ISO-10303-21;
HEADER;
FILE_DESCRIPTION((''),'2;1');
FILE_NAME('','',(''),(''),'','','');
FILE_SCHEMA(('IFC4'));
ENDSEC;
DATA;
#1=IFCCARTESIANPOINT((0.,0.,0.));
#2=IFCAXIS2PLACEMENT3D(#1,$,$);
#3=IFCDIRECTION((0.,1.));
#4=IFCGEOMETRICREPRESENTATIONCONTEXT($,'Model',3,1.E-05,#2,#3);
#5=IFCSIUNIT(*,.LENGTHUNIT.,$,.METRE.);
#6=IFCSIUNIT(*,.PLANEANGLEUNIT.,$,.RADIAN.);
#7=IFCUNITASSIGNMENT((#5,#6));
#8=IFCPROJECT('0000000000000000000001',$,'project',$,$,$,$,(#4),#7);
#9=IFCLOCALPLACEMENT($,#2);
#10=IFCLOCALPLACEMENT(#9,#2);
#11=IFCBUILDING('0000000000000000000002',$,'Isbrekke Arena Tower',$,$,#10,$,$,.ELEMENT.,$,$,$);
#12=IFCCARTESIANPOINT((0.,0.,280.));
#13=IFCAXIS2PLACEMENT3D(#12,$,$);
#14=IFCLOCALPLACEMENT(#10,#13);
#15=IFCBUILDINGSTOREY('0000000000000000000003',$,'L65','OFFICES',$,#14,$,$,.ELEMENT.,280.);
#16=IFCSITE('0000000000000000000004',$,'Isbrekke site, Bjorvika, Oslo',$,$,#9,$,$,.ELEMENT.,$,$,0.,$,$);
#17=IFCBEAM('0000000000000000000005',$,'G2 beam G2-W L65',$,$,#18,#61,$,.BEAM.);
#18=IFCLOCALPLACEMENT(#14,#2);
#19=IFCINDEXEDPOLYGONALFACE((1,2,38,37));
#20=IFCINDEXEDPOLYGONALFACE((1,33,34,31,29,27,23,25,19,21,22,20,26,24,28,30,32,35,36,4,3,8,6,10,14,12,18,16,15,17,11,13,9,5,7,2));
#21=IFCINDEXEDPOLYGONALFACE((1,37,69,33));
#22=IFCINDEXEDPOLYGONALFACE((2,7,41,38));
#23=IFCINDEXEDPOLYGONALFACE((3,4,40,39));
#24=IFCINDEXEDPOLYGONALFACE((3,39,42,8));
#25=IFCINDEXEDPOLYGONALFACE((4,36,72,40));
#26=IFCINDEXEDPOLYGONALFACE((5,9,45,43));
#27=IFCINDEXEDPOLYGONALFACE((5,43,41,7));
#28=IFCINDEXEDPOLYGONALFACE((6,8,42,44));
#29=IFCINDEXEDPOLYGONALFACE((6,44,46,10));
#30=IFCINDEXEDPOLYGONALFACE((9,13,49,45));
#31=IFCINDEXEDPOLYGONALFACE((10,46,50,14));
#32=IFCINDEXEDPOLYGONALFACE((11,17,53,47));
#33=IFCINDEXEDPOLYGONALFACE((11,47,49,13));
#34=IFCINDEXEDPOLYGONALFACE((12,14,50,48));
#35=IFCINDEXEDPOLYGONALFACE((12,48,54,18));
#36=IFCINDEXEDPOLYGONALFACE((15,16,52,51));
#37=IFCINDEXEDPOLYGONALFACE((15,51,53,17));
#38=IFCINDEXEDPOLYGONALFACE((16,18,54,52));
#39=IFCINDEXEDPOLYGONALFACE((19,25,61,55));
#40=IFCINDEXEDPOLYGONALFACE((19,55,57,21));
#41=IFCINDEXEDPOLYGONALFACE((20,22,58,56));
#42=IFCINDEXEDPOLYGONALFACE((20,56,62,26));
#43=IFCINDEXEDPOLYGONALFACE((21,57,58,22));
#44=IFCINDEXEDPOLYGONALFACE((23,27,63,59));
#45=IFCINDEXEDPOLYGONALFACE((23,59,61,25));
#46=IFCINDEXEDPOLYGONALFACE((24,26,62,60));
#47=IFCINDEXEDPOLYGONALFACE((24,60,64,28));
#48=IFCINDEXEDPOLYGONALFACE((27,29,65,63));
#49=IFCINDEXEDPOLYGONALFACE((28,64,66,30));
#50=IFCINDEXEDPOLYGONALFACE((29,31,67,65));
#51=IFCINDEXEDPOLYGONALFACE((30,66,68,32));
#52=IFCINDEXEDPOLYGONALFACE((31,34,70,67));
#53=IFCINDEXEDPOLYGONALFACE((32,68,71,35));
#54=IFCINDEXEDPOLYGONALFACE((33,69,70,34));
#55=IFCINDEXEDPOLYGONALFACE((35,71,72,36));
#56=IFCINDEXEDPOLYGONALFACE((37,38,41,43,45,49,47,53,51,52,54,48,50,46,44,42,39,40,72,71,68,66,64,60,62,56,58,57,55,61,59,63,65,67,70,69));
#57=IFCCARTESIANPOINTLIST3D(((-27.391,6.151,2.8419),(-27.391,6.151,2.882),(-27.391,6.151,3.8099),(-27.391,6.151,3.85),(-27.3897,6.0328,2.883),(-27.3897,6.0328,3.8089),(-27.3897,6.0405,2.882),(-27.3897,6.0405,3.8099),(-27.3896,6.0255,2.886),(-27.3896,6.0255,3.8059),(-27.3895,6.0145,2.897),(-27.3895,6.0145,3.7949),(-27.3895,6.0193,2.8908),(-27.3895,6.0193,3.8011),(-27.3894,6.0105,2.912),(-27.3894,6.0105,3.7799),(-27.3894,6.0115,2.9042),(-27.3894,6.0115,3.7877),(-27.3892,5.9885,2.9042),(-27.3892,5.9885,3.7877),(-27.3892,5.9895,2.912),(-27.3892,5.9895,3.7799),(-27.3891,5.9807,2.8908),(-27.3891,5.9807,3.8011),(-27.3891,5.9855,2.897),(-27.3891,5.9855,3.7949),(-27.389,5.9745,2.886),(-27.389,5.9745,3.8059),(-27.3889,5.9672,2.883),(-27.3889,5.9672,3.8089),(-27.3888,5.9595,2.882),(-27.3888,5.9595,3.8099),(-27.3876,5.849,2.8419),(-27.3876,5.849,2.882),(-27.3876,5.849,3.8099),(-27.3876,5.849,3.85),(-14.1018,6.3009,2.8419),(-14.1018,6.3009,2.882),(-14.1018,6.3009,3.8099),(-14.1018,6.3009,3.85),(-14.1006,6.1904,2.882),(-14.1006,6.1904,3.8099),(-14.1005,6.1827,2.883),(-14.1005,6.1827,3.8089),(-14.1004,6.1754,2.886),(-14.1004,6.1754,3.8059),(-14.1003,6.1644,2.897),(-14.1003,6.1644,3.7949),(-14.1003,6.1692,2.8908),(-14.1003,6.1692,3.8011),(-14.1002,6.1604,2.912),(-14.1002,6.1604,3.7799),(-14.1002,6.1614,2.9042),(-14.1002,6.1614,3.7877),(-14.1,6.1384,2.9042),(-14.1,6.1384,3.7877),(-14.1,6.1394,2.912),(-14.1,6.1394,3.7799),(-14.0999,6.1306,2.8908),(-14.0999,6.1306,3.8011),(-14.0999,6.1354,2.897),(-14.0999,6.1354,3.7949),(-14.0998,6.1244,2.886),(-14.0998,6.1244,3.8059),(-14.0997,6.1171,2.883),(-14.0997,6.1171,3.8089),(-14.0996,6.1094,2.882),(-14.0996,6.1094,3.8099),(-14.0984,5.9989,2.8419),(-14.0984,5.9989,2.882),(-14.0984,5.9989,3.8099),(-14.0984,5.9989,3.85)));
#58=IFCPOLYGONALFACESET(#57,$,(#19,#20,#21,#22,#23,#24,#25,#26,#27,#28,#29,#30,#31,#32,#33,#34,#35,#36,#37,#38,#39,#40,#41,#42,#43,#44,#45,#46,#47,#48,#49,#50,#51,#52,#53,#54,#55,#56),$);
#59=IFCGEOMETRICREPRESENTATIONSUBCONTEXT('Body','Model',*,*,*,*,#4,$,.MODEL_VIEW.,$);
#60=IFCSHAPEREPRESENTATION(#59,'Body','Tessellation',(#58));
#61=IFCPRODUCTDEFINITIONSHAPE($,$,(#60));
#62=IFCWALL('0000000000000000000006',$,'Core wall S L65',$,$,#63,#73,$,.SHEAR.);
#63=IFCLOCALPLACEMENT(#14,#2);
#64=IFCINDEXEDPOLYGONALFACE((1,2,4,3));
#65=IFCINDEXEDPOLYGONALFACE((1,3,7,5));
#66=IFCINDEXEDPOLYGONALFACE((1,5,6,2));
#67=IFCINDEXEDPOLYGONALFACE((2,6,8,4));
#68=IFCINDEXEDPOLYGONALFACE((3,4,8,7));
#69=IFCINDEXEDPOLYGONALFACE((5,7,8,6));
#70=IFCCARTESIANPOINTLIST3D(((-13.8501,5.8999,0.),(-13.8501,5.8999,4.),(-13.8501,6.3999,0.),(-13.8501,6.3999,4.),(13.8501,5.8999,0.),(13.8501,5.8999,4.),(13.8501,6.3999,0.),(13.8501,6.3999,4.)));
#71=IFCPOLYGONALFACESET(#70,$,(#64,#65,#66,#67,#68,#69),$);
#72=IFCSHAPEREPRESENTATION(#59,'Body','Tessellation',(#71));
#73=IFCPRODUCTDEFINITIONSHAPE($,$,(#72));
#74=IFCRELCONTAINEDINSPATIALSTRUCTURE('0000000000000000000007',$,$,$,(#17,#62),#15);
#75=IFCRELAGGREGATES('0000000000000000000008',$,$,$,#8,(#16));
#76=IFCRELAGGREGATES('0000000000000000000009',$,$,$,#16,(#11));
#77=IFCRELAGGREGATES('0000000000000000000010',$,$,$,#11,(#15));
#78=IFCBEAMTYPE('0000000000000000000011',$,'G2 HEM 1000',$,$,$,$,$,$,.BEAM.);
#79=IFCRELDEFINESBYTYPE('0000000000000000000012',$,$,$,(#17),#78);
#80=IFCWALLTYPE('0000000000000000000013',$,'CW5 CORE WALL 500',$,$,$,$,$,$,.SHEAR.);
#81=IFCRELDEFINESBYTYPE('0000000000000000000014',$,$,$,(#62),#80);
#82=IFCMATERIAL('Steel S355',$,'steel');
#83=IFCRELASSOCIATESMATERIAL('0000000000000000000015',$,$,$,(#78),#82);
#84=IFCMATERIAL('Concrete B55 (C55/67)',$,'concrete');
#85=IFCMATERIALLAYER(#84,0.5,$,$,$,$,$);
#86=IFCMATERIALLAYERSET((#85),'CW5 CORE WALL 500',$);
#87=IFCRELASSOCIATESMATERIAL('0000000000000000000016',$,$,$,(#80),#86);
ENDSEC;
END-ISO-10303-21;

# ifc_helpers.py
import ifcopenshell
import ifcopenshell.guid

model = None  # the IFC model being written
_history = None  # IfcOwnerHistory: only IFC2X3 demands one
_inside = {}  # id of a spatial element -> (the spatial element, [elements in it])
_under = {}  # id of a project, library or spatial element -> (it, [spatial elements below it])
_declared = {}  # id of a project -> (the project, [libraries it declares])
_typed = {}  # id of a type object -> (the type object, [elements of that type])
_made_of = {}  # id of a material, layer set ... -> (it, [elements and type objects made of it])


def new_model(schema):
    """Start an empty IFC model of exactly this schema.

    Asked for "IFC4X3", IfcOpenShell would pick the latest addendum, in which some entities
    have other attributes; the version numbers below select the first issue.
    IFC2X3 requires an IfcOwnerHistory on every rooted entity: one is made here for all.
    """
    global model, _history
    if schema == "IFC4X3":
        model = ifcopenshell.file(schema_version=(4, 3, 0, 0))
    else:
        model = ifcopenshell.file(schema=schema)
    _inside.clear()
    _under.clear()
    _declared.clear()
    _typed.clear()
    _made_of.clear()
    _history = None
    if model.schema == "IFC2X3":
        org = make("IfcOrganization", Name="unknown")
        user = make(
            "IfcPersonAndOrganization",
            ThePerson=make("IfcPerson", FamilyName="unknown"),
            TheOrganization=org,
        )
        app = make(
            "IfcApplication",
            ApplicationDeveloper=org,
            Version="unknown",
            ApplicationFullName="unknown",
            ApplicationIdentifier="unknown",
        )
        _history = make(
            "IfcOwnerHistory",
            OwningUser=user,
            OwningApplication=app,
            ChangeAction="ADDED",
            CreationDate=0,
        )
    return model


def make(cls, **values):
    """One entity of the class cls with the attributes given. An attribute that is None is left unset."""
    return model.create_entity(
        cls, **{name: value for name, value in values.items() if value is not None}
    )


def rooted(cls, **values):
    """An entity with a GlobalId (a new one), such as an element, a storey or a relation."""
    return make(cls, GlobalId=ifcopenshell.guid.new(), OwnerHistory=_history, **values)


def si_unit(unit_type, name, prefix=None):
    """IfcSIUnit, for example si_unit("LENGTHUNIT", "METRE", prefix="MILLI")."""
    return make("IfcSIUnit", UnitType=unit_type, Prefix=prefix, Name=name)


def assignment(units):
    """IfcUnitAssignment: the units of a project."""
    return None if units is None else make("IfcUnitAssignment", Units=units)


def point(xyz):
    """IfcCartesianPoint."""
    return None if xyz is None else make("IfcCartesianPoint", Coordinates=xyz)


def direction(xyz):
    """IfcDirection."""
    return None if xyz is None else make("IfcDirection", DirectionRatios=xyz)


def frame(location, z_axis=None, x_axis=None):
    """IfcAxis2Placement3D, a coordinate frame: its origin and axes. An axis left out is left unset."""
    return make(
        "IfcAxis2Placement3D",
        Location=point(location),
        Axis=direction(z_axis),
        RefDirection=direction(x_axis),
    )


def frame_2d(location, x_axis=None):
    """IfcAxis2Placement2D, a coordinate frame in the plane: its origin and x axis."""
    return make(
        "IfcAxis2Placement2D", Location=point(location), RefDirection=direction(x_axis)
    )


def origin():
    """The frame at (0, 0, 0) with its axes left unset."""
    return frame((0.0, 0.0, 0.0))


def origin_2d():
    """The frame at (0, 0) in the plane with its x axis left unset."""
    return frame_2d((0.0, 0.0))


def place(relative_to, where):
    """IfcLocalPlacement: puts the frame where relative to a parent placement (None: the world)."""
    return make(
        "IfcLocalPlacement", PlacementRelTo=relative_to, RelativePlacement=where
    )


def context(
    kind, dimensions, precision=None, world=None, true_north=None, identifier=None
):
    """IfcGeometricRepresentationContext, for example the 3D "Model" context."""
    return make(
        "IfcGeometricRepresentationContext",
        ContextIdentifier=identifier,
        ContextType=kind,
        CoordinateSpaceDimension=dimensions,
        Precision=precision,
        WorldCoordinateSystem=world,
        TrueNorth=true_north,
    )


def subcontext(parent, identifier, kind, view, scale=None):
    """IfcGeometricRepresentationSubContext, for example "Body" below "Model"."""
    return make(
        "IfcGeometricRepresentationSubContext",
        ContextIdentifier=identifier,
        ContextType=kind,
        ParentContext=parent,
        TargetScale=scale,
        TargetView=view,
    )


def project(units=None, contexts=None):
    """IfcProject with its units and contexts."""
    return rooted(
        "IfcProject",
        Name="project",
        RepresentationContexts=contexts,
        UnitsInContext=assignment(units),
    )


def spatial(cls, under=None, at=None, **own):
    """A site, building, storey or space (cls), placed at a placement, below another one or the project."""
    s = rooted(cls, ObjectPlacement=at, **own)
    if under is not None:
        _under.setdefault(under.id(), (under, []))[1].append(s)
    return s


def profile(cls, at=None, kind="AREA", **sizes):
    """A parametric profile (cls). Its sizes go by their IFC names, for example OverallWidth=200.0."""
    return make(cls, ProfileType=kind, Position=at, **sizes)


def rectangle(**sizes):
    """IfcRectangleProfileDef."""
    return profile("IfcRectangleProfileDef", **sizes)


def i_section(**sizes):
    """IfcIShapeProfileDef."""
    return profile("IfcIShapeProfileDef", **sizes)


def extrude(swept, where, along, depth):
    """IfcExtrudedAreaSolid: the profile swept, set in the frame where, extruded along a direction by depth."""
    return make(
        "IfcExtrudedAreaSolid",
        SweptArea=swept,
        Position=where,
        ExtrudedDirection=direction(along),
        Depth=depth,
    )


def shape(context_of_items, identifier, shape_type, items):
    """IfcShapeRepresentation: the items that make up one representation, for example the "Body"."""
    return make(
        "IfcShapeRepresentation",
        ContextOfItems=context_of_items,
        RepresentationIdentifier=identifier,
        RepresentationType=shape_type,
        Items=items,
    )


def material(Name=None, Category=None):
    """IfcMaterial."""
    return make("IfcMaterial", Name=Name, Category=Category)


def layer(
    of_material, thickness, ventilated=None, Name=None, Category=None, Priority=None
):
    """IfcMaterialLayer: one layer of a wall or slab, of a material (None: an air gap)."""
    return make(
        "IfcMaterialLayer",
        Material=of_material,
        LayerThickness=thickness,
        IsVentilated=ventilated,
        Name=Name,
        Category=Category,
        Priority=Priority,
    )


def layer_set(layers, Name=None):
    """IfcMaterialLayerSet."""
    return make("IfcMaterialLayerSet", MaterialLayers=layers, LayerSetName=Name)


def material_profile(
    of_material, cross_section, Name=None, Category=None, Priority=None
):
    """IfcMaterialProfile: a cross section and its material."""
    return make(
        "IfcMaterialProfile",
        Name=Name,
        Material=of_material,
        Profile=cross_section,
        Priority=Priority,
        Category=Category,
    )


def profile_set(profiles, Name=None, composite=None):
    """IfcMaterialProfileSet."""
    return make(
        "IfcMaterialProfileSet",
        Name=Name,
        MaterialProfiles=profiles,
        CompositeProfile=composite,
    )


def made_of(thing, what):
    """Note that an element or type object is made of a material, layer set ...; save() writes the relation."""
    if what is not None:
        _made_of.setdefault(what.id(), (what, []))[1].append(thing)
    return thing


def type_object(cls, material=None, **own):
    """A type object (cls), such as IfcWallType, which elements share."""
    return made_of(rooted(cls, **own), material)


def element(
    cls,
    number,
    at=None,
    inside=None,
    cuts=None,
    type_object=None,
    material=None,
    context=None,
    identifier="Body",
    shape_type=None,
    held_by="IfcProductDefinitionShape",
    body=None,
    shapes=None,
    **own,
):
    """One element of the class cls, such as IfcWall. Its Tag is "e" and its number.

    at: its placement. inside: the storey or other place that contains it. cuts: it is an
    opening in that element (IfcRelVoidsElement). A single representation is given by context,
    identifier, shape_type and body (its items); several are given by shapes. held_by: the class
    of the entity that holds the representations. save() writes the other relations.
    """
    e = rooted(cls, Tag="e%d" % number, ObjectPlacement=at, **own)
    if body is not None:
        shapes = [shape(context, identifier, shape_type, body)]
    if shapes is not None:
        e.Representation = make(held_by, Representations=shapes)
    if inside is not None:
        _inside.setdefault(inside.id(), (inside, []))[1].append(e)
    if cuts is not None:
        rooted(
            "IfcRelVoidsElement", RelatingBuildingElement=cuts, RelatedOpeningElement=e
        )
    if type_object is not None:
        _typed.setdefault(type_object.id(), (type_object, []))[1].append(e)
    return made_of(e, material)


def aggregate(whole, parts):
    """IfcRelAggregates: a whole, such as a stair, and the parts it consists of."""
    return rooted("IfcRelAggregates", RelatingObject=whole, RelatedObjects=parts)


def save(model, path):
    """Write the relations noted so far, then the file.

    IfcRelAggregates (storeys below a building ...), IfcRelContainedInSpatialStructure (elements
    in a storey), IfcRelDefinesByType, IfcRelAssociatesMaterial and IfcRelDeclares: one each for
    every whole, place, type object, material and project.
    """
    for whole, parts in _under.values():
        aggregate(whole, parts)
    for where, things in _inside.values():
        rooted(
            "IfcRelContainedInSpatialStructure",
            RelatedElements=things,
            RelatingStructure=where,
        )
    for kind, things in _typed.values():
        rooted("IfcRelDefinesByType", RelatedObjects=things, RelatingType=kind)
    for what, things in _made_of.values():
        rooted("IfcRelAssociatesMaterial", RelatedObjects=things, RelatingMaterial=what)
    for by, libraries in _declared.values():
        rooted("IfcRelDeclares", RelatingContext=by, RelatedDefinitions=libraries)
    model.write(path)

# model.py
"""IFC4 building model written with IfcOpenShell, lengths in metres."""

from ifc_helpers import new_model, si_unit, direction, frame, frame_2d, origin, origin_2d, place, context, subcontext, project, spatial, rectangle, i_section, extrude, material, layer, layer_set, material_profile, profile_set, type_object, element, save


model = new_model("IFC4")

# Units and contexts
model_context = context("Model", 3, precision=1e-05, world=origin(), true_north=direction((0.0, 1.0)))
body_context = subcontext(model_context, "Body", "Model", "MODEL_VIEW")
ifc_project = project(units=[si_unit("LENGTHUNIT", "METRE"), si_unit("PLANEANGLEUNIT", "RADIAN")], contexts=[model_context])

# Site, building, storey
site_placement = place(None, origin())
site = spatial("IfcSite", under=ifc_project, at=site_placement, Name="Isbrekke site, Bjorvika, Oslo", CompositionType="ELEMENT", RefElevation=0.0)
building_placement = place(site_placement, origin())
building = spatial("IfcBuilding", under=site, at=building_placement, Name="Isbrekke Arena Tower", CompositionType="ELEMENT")
storey_placement = place(building_placement, frame((0.0, 0.0, 280.0)))
storey = spatial("IfcBuildingStorey", under=building, at=storey_placement, Name="L65", Description="OFFICES", CompositionType="ELEMENT", Elevation=280.0)

# Beam
ifc_material_1 = material(Name="Steel S355", Category="steel")
ifc_material_profile = material_profile(ifc_material_1, i_section(OverallWidth=0.302, OverallDepth=1.0081, WebThickness=0.021, FlangeThickness=0.04, FilletRadius=0.03, at=origin_2d()), Name="HEM 1000")
ifc_profile_set = profile_set([ifc_material_profile], Name="Steel S355")
beam_type = type_object("IfcBeamType", Name="G2 HEM 1000", PredefinedType="BEAM", material=ifc_profile_set)
beam_placement = place(storey_placement, frame((-14.1001, 6.1499, 3.3459), z_axis=(-0.999936, -0.011279, 0.0), x_axis=(0.011279, -0.999936, 0.0)))
element("IfcBeam", 1, at=beam_placement, inside=storey, type_object=beam_type, Name="G2 beam G2-W L65", PredefinedType="BEAM", context=body_context, shape_type="SweptSolid", body=[
    extrude(i_section(OverallWidth=0.302, OverallDepth=1.0081, WebThickness=0.021, FlangeThickness=0.04, FilletRadius=0.03, at=origin_2d()), origin(), (0.0, 0.0, 1.0), 13.29),
])

# Wall
ifc_material_2 = material(Name="Concrete B55 (C55/67)", Category="concrete")
ifc_layer_1 = layer(ifc_material_2, 0.5)
ifc_layer_set_1 = layer_set([ifc_layer_1], Name="CW5 CORE WALL 500")
wall_type_1 = type_object("IfcWallType", Name="CW5 CORE WALL 500", PredefinedType="SHEAR", material=ifc_layer_set_1)
wall_1_placement = place(storey_placement, frame((-13.8501, 6.1499, 0.0), z_axis=(0.0, 0.0, 1.0), x_axis=(1.0, 0.0, 0.0)))
element("IfcWall", 2, at=wall_1_placement, inside=storey, type_object=wall_type_1, Name="Core wall S L65", PredefinedType="SHEAR", context=body_context, shape_type="SweptSolid", body=[
    extrude(rectangle(XDim=27.7002, YDim=0.5, at=frame_2d((13.8501, 0.0))), origin(), (0.0, 0.0, 1.0), 4.0),
])

save(model, "model.ifc")
